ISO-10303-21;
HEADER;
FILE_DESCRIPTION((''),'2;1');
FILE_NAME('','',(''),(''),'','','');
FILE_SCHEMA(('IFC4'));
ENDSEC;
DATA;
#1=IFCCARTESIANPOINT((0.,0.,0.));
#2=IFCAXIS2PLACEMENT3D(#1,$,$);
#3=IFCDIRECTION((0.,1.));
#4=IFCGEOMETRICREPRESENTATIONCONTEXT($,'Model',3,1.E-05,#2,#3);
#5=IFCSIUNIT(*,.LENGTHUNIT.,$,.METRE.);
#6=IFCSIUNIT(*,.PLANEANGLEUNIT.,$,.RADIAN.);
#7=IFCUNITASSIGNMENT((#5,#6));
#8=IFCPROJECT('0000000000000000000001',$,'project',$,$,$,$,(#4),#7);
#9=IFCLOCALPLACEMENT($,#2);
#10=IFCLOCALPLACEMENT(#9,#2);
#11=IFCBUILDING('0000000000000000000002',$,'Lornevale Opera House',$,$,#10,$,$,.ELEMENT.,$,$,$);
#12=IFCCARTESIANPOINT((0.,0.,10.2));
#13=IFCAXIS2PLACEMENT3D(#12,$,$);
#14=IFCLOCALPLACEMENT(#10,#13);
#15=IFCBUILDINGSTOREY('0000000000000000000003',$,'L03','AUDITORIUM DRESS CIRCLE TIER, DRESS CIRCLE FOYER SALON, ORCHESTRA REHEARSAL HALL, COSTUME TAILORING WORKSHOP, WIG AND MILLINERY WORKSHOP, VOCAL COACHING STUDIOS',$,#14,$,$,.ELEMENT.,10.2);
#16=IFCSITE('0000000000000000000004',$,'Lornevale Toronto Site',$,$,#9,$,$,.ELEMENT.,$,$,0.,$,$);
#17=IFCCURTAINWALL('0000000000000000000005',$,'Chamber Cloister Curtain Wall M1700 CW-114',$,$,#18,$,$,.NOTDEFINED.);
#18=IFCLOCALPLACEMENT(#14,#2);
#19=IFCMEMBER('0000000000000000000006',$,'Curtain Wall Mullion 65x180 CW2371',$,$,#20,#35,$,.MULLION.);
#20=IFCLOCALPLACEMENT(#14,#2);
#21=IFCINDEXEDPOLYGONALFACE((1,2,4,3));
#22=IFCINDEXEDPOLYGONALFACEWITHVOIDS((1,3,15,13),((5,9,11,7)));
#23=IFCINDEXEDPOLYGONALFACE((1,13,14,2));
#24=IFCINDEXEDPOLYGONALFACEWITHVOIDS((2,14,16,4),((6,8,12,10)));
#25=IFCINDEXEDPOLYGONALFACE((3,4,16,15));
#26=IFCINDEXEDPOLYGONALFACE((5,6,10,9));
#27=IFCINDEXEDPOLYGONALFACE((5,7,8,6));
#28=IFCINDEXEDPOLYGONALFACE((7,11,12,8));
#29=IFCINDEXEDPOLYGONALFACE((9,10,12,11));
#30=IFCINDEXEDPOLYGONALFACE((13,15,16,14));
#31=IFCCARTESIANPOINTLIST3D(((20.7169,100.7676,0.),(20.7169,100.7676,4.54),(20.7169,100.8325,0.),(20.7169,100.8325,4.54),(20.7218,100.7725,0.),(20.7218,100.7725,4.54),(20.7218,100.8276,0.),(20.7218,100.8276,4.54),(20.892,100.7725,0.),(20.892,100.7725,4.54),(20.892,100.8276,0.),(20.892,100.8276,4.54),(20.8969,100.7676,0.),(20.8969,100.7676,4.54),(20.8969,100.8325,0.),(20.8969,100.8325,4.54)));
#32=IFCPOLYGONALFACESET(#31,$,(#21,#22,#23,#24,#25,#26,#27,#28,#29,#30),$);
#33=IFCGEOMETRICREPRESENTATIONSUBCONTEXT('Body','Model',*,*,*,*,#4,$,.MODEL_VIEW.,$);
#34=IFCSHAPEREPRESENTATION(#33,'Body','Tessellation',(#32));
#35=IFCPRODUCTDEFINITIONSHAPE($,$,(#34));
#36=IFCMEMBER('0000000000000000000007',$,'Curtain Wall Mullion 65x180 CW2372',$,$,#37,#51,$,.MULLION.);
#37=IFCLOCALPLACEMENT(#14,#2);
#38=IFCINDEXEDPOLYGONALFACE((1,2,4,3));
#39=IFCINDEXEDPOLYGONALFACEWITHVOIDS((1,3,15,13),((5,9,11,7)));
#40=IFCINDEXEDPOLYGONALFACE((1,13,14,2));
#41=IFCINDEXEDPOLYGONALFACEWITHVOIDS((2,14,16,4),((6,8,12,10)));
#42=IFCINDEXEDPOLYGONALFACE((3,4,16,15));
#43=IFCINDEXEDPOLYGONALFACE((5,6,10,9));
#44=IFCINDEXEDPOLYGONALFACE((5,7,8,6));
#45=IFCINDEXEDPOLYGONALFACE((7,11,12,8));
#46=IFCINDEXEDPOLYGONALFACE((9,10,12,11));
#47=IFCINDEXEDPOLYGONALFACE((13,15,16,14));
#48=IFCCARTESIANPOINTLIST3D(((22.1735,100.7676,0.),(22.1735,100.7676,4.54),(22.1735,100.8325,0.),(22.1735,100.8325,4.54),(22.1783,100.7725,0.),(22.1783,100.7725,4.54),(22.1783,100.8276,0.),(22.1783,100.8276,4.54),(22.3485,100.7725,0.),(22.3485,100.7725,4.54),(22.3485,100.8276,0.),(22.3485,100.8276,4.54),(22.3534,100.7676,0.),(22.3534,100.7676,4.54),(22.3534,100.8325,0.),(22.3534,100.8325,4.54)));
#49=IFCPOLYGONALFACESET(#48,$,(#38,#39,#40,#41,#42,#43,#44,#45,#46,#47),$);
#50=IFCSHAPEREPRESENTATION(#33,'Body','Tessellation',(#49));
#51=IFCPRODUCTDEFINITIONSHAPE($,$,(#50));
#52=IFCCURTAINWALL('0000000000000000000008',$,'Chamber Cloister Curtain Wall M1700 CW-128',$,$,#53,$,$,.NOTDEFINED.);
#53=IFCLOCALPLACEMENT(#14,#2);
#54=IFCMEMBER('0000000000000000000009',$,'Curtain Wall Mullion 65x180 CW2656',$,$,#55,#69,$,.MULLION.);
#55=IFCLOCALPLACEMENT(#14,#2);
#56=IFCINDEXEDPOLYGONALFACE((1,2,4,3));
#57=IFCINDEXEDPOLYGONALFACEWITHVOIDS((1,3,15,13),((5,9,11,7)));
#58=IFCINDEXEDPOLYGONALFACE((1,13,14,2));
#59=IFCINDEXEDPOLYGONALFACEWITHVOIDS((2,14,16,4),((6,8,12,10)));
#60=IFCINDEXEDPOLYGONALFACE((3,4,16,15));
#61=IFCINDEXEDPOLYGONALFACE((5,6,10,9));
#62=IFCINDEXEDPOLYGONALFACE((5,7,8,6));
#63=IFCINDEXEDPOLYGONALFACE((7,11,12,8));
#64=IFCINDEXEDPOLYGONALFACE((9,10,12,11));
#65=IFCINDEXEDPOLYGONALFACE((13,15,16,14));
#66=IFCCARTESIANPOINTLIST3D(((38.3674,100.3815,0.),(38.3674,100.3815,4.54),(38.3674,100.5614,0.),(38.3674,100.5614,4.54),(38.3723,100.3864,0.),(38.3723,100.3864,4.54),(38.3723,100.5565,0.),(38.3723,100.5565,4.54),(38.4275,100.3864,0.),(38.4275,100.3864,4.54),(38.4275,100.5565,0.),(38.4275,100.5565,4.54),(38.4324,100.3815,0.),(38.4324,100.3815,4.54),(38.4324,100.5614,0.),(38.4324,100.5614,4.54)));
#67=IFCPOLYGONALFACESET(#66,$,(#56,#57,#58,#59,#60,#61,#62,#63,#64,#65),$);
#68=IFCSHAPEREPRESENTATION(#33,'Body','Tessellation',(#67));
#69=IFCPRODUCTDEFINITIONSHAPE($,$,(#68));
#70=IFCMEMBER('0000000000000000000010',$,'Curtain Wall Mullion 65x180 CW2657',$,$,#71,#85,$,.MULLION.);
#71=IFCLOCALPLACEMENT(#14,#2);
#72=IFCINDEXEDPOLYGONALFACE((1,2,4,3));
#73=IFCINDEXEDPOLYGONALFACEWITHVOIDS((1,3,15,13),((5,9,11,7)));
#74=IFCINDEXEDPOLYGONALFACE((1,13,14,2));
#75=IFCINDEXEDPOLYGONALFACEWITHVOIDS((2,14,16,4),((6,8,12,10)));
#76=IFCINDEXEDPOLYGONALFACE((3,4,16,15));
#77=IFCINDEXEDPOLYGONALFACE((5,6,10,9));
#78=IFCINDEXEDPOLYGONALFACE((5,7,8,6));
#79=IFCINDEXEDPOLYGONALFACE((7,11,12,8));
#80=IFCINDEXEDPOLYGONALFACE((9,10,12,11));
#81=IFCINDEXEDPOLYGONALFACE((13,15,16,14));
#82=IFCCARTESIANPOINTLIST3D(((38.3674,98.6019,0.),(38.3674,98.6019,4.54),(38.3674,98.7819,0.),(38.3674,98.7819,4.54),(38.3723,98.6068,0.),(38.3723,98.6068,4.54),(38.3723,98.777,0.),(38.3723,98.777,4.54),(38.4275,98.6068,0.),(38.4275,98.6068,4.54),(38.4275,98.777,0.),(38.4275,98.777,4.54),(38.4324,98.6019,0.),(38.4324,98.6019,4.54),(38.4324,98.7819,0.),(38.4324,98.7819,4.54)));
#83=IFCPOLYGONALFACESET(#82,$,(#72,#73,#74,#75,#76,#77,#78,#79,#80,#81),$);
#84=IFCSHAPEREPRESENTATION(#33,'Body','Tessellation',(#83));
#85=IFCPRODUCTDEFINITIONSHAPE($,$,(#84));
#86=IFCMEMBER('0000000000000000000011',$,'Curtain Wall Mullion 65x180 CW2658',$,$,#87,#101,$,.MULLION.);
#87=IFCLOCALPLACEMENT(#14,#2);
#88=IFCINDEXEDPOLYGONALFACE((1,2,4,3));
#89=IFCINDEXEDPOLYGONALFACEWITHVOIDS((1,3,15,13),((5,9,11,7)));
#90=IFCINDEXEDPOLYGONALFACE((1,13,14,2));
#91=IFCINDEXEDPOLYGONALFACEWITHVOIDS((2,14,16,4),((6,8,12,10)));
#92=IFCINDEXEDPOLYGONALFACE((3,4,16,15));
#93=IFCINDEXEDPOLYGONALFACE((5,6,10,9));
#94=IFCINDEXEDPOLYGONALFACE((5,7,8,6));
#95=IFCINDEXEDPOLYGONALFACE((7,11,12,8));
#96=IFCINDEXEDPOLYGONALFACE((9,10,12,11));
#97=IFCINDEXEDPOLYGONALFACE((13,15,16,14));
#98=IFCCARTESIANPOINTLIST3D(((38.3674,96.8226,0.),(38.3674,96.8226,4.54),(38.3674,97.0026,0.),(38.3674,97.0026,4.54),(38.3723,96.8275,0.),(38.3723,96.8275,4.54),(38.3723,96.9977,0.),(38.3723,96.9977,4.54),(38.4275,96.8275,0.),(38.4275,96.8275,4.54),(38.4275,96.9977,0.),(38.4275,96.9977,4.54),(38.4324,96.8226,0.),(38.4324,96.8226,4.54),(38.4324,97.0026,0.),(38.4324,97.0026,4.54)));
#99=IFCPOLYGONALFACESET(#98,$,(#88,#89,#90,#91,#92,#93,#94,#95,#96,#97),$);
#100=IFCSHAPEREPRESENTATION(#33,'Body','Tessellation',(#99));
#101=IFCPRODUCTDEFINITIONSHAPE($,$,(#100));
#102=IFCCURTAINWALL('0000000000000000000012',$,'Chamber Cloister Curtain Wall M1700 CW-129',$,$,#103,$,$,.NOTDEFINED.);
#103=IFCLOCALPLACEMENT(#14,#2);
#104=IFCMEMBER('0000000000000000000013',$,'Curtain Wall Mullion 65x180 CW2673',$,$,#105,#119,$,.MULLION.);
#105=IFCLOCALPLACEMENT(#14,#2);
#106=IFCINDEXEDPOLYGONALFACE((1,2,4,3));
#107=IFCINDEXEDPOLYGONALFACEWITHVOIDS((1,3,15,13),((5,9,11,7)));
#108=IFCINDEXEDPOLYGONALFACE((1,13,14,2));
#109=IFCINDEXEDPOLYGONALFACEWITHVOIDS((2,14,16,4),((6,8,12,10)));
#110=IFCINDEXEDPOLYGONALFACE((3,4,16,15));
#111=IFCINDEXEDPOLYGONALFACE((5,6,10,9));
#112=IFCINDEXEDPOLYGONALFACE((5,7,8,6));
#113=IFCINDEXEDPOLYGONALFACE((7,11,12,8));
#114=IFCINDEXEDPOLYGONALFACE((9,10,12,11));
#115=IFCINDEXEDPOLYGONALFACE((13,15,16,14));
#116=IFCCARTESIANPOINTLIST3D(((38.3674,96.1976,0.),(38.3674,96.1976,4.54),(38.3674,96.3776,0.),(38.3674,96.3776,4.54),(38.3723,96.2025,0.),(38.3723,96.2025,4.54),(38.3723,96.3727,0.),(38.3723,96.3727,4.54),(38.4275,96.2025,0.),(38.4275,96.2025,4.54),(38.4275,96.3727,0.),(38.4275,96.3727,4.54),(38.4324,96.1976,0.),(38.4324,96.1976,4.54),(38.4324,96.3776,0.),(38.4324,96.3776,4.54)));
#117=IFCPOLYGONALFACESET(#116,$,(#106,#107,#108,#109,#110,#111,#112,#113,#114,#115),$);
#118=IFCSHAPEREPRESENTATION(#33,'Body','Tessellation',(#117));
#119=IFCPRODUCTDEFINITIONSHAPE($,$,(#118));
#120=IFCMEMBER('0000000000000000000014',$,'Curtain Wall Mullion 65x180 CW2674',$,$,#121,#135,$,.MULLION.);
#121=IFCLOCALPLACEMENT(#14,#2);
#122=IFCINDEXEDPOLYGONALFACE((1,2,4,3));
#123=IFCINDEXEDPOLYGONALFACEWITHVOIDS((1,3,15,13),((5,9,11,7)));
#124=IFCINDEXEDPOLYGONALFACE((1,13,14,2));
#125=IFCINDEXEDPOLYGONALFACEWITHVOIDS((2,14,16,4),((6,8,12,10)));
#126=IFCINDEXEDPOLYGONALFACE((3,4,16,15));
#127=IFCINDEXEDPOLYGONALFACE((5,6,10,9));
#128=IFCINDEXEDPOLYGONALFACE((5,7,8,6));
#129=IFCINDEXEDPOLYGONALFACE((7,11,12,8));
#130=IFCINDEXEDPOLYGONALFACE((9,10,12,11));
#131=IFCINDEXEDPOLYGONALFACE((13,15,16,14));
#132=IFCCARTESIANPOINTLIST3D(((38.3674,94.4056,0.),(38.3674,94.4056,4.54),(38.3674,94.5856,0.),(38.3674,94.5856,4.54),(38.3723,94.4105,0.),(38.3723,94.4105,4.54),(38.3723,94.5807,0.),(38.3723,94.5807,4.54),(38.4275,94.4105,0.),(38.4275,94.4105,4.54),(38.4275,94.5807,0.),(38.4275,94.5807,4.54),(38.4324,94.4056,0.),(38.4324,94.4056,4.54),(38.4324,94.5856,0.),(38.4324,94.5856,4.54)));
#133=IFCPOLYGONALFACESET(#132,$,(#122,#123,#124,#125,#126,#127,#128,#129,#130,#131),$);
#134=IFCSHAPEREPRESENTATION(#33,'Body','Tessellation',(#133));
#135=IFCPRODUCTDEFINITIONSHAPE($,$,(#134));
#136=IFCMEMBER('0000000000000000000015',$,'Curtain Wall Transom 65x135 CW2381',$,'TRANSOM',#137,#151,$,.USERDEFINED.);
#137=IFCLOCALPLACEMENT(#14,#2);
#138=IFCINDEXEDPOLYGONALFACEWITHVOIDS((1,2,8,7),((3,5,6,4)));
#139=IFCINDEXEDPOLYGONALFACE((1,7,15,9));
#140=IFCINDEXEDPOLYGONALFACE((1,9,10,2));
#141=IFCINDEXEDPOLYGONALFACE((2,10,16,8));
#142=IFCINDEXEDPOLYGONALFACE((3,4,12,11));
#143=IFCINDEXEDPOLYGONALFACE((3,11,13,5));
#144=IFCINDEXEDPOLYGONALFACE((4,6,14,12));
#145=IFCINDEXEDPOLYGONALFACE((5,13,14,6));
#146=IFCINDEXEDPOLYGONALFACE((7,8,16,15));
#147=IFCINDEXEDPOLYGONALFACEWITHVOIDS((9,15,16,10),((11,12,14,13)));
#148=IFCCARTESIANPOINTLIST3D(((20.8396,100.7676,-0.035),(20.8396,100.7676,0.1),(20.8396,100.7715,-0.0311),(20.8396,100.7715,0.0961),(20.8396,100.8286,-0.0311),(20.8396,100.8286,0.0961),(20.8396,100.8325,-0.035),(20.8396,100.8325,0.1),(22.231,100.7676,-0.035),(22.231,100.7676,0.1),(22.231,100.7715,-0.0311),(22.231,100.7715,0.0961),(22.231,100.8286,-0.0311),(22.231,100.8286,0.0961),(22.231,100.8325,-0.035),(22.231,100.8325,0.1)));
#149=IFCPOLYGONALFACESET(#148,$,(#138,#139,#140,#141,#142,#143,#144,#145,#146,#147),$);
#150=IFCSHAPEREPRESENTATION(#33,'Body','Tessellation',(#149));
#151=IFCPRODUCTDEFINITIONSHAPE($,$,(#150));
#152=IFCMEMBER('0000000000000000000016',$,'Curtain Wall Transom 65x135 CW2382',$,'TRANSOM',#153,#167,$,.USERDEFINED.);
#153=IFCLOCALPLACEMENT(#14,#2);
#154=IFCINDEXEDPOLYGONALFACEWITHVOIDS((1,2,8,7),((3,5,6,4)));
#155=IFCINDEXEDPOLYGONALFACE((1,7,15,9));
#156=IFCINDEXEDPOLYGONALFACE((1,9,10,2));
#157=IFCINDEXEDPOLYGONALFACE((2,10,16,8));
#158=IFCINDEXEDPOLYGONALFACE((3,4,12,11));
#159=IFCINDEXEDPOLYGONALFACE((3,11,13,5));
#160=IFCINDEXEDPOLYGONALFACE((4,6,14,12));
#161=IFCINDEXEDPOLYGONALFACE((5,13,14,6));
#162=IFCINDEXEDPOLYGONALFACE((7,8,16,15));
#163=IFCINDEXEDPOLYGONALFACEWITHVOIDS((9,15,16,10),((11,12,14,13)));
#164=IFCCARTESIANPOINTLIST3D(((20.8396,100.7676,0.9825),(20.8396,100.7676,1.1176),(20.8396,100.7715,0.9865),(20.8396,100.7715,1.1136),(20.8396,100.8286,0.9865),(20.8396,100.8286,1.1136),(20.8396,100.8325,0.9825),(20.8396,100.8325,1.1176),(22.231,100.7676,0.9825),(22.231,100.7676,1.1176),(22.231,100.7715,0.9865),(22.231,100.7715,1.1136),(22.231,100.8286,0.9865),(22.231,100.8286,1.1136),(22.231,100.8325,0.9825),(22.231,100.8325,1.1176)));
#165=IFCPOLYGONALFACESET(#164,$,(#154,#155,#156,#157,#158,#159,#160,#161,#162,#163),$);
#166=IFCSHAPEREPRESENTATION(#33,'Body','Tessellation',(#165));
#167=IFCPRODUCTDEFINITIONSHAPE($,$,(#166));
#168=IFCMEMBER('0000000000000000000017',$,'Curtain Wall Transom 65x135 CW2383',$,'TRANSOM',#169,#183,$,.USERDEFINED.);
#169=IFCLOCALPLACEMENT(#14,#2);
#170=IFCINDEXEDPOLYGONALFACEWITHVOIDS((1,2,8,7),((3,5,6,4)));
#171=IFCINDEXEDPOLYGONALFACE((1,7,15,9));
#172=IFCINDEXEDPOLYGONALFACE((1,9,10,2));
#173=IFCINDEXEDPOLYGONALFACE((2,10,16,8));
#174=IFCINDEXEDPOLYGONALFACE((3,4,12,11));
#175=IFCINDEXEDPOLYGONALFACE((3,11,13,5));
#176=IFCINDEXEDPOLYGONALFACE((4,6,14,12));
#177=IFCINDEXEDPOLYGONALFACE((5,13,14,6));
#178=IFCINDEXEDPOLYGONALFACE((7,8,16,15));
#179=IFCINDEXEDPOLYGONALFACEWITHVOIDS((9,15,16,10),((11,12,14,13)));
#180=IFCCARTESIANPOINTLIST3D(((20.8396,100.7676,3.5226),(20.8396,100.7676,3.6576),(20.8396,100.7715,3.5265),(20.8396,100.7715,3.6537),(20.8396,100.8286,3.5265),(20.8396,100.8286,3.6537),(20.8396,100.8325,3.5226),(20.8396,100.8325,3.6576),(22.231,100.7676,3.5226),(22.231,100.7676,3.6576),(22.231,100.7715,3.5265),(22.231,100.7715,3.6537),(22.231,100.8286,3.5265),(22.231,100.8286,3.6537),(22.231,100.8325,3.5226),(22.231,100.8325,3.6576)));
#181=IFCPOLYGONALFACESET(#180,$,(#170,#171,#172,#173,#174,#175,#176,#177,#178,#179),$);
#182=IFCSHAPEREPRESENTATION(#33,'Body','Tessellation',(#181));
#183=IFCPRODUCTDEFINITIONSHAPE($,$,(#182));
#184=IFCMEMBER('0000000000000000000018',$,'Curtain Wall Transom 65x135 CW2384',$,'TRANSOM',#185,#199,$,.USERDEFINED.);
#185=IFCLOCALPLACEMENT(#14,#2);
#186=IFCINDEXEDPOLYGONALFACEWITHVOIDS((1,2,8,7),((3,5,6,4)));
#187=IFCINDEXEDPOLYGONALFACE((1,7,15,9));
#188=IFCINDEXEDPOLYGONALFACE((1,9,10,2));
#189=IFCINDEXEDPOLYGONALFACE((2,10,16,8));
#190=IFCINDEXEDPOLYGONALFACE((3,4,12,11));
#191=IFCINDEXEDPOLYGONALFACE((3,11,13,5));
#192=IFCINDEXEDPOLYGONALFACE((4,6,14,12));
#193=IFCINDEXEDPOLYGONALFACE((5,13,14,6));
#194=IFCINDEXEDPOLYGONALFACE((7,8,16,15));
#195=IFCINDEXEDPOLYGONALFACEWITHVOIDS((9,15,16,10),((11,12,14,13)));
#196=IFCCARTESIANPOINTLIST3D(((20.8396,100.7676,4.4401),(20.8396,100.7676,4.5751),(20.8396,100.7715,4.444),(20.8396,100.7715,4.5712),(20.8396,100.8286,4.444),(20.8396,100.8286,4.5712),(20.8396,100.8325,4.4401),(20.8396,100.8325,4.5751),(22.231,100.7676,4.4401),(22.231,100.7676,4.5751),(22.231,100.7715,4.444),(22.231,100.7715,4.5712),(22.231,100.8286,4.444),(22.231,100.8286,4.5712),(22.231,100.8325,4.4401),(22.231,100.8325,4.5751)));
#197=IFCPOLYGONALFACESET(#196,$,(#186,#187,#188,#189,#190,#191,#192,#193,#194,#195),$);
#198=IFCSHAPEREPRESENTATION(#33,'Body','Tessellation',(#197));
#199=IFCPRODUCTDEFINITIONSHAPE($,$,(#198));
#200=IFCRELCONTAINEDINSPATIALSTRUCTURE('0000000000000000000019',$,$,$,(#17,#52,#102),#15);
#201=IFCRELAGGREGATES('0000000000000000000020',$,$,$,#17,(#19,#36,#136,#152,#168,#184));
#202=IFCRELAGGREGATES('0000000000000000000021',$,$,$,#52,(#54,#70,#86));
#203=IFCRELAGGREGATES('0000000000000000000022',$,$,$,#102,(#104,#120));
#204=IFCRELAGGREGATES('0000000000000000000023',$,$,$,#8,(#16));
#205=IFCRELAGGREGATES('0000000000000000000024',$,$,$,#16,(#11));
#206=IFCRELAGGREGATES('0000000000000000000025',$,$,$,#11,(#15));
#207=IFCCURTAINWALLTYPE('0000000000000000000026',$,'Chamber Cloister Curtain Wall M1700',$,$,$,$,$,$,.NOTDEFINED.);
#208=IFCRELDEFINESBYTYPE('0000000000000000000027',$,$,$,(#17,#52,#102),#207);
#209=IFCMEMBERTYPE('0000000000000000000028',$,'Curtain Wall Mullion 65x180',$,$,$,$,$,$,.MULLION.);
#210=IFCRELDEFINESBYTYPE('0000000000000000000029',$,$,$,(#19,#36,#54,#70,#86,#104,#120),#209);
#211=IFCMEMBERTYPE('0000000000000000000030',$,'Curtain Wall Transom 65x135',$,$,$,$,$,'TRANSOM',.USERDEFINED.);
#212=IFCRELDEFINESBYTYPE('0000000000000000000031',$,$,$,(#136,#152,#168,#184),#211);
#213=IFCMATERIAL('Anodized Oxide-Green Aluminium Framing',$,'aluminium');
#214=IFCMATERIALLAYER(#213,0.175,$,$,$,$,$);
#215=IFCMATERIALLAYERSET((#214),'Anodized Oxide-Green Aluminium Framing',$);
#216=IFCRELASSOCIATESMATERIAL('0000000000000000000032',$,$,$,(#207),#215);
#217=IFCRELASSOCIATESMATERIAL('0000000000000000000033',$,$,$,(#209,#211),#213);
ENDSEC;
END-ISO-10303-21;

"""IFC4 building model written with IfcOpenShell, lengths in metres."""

from ifc_helpers import new_model, si_unit, direction, frame, origin, origin_2d, place, context, subcontext, project, spatial, hollow_rectangle, extrude, material, layer, layer_set, material_profile, profile_set, type_object, element, aggregate, save


model = new_model("IFC4")

# Units and contexts
model_context = context("Model", 3, precision=1e-05, world=origin(), true_north=direction((0.0, 1.0)))
body_context = subcontext(model_context, "Body", "Model", "MODEL_VIEW")
ifc_project = project(units=[si_unit("LENGTHUNIT", "METRE"), si_unit("PLANEANGLEUNIT", "RADIAN")], contexts=[model_context])

# Site, building, storey
site_placement = place(None, origin())
site = spatial("IfcSite", under=ifc_project, at=site_placement, Name="Lornevale Toronto Site", CompositionType="ELEMENT", RefElevation=0.0)
building_placement = place(site_placement, origin())
building = spatial("IfcBuilding", under=site, at=building_placement, Name="Lornevale Opera House", CompositionType="ELEMENT")
storey_placement = place(building_placement, frame((0.0, 0.0, 10.2)))
storey = spatial("IfcBuildingStorey", under=building, at=storey_placement, Name="L03", Description="AUDITORIUM DRESS CIRCLE TIER, DRESS CIRCLE FOYER SALON, ORCHESTRA REHEARSAL HALL, COSTUME TAILORING WORKSHOP, WIG AND MILLINERY WORKSHOP, VOCAL COACHING STUDIOS", CompositionType="ELEMENT", Elevation=10.2)

# Curtain walls, members
ifc_material_1 = material(Name="Anodized Oxide-Green Aluminium Framing", Category="aluminium")
ifc_layer_1 = layer(ifc_material_1, 0.175)
ifc_layer_set_1 = layer_set([ifc_layer_1], Name="Anodized Oxide-Green Aluminium Framing")
curtain_wall_type = type_object("IfcCurtainWallType", Name="Chamber Cloister Curtain Wall M1700", PredefinedType="NOTDEFINED", material=ifc_layer_set_1)
curtain_wall_1_placement = place(storey_placement, origin())
curtain_wall_1 = element("IfcCurtainWall", 1, at=curtain_wall_1_placement, inside=storey, type_object=curtain_wall_type, Name="Chamber Cloister Curtain Wall M1700 CW-114", PredefinedType="NOTDEFINED")
ifc_material_profile_1 = material_profile(ifc_material_1, hollow_rectangle(XDim=0.0649, YDim=0.1799, WallThickness=0.0049, at=origin_2d()), Name="ALU65x180x5")
ifc_profile_set_1 = profile_set([ifc_material_profile_1], Name="Anodized Oxide-Green Aluminium Framing")
member_type_1 = type_object("IfcMemberType", Name="Curtain Wall Mullion 65x180", PredefinedType="MULLION", material=ifc_profile_set_1)
member_1_placement = place(storey_placement, frame((20.8069, 100.8, 0.0), z_axis=(0.0, 0.0, 1.0), x_axis=(0.0, 1.0, 0.0)))
member_1 = element("IfcMember", 2, at=member_1_placement, type_object=member_type_1, Name="Curtain Wall Mullion 65x180 CW2371", PredefinedType="MULLION", context=body_context, shape_type="SweptSolid", body=[
    extrude(hollow_rectangle(XDim=0.0649, YDim=0.1799, WallThickness=0.0049, at=origin_2d()), origin(), (0.0, 0.0, 1.0), 4.54),
])
member_2_placement = place(storey_placement, frame((22.2634, 100.8, 0.0), z_axis=(0.0, 0.0, 1.0), x_axis=(0.0, 1.0, 0.0)))
member_2 = element("IfcMember", 3, at=member_2_placement, type_object=member_type_1, Name="Curtain Wall Mullion 65x180 CW2372", PredefinedType="MULLION", context=body_context, shape_type="SweptSolid", body=[
    extrude(hollow_rectangle(XDim=0.0649, YDim=0.1799, WallThickness=0.0049, at=origin_2d()), origin(), (0.0, 0.0, 1.0), 4.54),
])
curtain_wall_2_placement = place(storey_placement, origin())
curtain_wall_2 = element("IfcCurtainWall", 4, at=curtain_wall_2_placement, inside=storey, type_object=curtain_wall_type, Name="Chamber Cloister Curtain Wall M1700 CW-128", PredefinedType="NOTDEFINED")
member_3_placement = place(storey_placement, frame((38.3999, 100.4714, 0.0), z_axis=(0.0, 0.0, 1.0), x_axis=(1.0, 0.0, 0.0)))
member_3 = element("IfcMember", 5, at=member_3_placement, type_object=member_type_1, Name="Curtain Wall Mullion 65x180 CW2656", PredefinedType="MULLION", context=body_context, shape_type="SweptSolid", body=[
    extrude(hollow_rectangle(XDim=0.0649, YDim=0.1799, WallThickness=0.0049, at=origin_2d()), origin(), (0.0, 0.0, 1.0), 4.54),
])
member_4_placement = place(storey_placement, frame((38.3999, 98.6919, 0.0), z_axis=(0.0, 0.0, 1.0), x_axis=(1.0, 0.0, 0.0)))
member_4 = element("IfcMember", 6, at=member_4_placement, type_object=member_type_1, Name="Curtain Wall Mullion 65x180 CW2657", PredefinedType="MULLION", context=body_context, shape_type="SweptSolid", body=[
    extrude(hollow_rectangle(XDim=0.0649, YDim=0.1799, WallThickness=0.0049, at=origin_2d()), origin(), (0.0, 0.0, 1.0), 4.54),
])
member_5_placement = place(storey_placement, frame((38.3999, 96.9126, 0.0), z_axis=(0.0, 0.0, 1.0), x_axis=(1.0, 0.0, 0.0)))
member_5 = element("IfcMember", 7, at=member_5_placement, type_object=member_type_1, Name="Curtain Wall Mullion 65x180 CW2658", PredefinedType="MULLION", context=body_context, shape_type="SweptSolid", body=[
    extrude(hollow_rectangle(XDim=0.0649, YDim=0.1799, WallThickness=0.0049, at=origin_2d()), origin(), (0.0, 0.0, 1.0), 4.54),
])
curtain_wall_3_placement = place(storey_placement, origin())
curtain_wall_3 = element("IfcCurtainWall", 8, at=curtain_wall_3_placement, inside=storey, type_object=curtain_wall_type, Name="Chamber Cloister Curtain Wall M1700 CW-129", PredefinedType="NOTDEFINED")
member_6_placement = place(storey_placement, frame((38.3999, 96.2876, 0.0), z_axis=(0.0, 0.0, 1.0), x_axis=(1.0, 0.0, 0.0)))
member_6 = element("IfcMember", 9, at=member_6_placement, type_object=member_type_1, Name="Curtain Wall Mullion 65x180 CW2673", PredefinedType="MULLION", context=body_context, shape_type="SweptSolid", body=[
    extrude(hollow_rectangle(XDim=0.0649, YDim=0.1799, WallThickness=0.0049, at=origin_2d()), origin(), (0.0, 0.0, 1.0), 4.54),
])
member_7_placement = place(storey_placement, frame((38.3999, 94.4956, 0.0), z_axis=(0.0, 0.0, 1.0), x_axis=(1.0, 0.0, 0.0)))
member_7 = element("IfcMember", 10, at=member_7_placement, type_object=member_type_1, Name="Curtain Wall Mullion 65x180 CW2674", PredefinedType="MULLION", context=body_context, shape_type="SweptSolid", body=[
    extrude(hollow_rectangle(XDim=0.0649, YDim=0.1799, WallThickness=0.0049, at=origin_2d()), origin(), (0.0, 0.0, 1.0), 4.54),
])

# Members
ifc_material_profile_2 = material_profile(ifc_material_1, hollow_rectangle(XDim=0.0649, YDim=0.135, WallThickness=0.0039, at=origin_2d()), Name="ALU65x135x4")
ifc_profile_set_2 = profile_set([ifc_material_profile_2], Name="Anodized Oxide-Green Aluminium Framing")
member_type_2 = type_object("IfcMemberType", Name="Curtain Wall Transom 65x135", ElementType="TRANSOM", PredefinedType="USERDEFINED", material=ifc_profile_set_2)
member_8_placement = place(storey_placement, frame((20.8396, 100.8, 0.0325), z_axis=(1.0, 0.0, 0.0), x_axis=(0.0, 1.0, 0.0)))
member_8 = element("IfcMember", 11, at=member_8_placement, type_object=member_type_2, Name="Curtain Wall Transom 65x135 CW2381", ObjectType="TRANSOM", PredefinedType="USERDEFINED", context=body_context, shape_type="SweptSolid", body=[
    extrude(hollow_rectangle(XDim=0.0649, YDim=0.135, WallThickness=0.0039, at=origin_2d()), origin(), (0.0, 0.0, 1.0), 1.3914),
])
member_9_placement = place(storey_placement, frame((20.8396, 100.8, 1.05), z_axis=(1.0, 0.0, 0.0), x_axis=(0.0, 1.0, 0.0)))
member_9 = element("IfcMember", 12, at=member_9_placement, type_object=member_type_2, Name="Curtain Wall Transom 65x135 CW2382", ObjectType="TRANSOM", PredefinedType="USERDEFINED", context=body_context, shape_type="SweptSolid", body=[
    extrude(hollow_rectangle(XDim=0.0649, YDim=0.135, WallThickness=0.0039, at=origin_2d()), origin(), (0.0, 0.0, 1.0), 1.3914),
])
member_10_placement = place(storey_placement, frame((20.8396, 100.8, 3.5901), z_axis=(1.0, 0.0, 0.0), x_axis=(0.0, 1.0, 0.0)))
member_10 = element("IfcMember", 13, at=member_10_placement, type_object=member_type_2, Name="Curtain Wall Transom 65x135 CW2383", ObjectType="TRANSOM", PredefinedType="USERDEFINED", context=body_context, shape_type="SweptSolid", body=[
    extrude(hollow_rectangle(XDim=0.0649, YDim=0.135, WallThickness=0.0039, at=origin_2d()), origin(), (0.0, 0.0, 1.0), 1.3914),
])
member_11_placement = place(storey_placement, frame((20.8396, 100.8, 4.5076), z_axis=(1.0, 0.0, 0.0), x_axis=(0.0, 1.0, 0.0)))
member_11 = element("IfcMember", 14, at=member_11_placement, type_object=member_type_2, Name="Curtain Wall Transom 65x135 CW2384", ObjectType="TRANSOM", PredefinedType="USERDEFINED", context=body_context, shape_type="SweptSolid", body=[
    extrude(hollow_rectangle(XDim=0.0649, YDim=0.135, WallThickness=0.0039, at=origin_2d()), origin(), (0.0, 0.0, 1.0), 1.3914),
])

aggregate(curtain_wall_1, [member_1, member_2, member_8, member_9, member_10, member_11])
aggregate(curtain_wall_2, [member_3, member_4, member_5])
aggregate(curtain_wall_3, [member_6, member_7])

save(model, "model.ifc")
